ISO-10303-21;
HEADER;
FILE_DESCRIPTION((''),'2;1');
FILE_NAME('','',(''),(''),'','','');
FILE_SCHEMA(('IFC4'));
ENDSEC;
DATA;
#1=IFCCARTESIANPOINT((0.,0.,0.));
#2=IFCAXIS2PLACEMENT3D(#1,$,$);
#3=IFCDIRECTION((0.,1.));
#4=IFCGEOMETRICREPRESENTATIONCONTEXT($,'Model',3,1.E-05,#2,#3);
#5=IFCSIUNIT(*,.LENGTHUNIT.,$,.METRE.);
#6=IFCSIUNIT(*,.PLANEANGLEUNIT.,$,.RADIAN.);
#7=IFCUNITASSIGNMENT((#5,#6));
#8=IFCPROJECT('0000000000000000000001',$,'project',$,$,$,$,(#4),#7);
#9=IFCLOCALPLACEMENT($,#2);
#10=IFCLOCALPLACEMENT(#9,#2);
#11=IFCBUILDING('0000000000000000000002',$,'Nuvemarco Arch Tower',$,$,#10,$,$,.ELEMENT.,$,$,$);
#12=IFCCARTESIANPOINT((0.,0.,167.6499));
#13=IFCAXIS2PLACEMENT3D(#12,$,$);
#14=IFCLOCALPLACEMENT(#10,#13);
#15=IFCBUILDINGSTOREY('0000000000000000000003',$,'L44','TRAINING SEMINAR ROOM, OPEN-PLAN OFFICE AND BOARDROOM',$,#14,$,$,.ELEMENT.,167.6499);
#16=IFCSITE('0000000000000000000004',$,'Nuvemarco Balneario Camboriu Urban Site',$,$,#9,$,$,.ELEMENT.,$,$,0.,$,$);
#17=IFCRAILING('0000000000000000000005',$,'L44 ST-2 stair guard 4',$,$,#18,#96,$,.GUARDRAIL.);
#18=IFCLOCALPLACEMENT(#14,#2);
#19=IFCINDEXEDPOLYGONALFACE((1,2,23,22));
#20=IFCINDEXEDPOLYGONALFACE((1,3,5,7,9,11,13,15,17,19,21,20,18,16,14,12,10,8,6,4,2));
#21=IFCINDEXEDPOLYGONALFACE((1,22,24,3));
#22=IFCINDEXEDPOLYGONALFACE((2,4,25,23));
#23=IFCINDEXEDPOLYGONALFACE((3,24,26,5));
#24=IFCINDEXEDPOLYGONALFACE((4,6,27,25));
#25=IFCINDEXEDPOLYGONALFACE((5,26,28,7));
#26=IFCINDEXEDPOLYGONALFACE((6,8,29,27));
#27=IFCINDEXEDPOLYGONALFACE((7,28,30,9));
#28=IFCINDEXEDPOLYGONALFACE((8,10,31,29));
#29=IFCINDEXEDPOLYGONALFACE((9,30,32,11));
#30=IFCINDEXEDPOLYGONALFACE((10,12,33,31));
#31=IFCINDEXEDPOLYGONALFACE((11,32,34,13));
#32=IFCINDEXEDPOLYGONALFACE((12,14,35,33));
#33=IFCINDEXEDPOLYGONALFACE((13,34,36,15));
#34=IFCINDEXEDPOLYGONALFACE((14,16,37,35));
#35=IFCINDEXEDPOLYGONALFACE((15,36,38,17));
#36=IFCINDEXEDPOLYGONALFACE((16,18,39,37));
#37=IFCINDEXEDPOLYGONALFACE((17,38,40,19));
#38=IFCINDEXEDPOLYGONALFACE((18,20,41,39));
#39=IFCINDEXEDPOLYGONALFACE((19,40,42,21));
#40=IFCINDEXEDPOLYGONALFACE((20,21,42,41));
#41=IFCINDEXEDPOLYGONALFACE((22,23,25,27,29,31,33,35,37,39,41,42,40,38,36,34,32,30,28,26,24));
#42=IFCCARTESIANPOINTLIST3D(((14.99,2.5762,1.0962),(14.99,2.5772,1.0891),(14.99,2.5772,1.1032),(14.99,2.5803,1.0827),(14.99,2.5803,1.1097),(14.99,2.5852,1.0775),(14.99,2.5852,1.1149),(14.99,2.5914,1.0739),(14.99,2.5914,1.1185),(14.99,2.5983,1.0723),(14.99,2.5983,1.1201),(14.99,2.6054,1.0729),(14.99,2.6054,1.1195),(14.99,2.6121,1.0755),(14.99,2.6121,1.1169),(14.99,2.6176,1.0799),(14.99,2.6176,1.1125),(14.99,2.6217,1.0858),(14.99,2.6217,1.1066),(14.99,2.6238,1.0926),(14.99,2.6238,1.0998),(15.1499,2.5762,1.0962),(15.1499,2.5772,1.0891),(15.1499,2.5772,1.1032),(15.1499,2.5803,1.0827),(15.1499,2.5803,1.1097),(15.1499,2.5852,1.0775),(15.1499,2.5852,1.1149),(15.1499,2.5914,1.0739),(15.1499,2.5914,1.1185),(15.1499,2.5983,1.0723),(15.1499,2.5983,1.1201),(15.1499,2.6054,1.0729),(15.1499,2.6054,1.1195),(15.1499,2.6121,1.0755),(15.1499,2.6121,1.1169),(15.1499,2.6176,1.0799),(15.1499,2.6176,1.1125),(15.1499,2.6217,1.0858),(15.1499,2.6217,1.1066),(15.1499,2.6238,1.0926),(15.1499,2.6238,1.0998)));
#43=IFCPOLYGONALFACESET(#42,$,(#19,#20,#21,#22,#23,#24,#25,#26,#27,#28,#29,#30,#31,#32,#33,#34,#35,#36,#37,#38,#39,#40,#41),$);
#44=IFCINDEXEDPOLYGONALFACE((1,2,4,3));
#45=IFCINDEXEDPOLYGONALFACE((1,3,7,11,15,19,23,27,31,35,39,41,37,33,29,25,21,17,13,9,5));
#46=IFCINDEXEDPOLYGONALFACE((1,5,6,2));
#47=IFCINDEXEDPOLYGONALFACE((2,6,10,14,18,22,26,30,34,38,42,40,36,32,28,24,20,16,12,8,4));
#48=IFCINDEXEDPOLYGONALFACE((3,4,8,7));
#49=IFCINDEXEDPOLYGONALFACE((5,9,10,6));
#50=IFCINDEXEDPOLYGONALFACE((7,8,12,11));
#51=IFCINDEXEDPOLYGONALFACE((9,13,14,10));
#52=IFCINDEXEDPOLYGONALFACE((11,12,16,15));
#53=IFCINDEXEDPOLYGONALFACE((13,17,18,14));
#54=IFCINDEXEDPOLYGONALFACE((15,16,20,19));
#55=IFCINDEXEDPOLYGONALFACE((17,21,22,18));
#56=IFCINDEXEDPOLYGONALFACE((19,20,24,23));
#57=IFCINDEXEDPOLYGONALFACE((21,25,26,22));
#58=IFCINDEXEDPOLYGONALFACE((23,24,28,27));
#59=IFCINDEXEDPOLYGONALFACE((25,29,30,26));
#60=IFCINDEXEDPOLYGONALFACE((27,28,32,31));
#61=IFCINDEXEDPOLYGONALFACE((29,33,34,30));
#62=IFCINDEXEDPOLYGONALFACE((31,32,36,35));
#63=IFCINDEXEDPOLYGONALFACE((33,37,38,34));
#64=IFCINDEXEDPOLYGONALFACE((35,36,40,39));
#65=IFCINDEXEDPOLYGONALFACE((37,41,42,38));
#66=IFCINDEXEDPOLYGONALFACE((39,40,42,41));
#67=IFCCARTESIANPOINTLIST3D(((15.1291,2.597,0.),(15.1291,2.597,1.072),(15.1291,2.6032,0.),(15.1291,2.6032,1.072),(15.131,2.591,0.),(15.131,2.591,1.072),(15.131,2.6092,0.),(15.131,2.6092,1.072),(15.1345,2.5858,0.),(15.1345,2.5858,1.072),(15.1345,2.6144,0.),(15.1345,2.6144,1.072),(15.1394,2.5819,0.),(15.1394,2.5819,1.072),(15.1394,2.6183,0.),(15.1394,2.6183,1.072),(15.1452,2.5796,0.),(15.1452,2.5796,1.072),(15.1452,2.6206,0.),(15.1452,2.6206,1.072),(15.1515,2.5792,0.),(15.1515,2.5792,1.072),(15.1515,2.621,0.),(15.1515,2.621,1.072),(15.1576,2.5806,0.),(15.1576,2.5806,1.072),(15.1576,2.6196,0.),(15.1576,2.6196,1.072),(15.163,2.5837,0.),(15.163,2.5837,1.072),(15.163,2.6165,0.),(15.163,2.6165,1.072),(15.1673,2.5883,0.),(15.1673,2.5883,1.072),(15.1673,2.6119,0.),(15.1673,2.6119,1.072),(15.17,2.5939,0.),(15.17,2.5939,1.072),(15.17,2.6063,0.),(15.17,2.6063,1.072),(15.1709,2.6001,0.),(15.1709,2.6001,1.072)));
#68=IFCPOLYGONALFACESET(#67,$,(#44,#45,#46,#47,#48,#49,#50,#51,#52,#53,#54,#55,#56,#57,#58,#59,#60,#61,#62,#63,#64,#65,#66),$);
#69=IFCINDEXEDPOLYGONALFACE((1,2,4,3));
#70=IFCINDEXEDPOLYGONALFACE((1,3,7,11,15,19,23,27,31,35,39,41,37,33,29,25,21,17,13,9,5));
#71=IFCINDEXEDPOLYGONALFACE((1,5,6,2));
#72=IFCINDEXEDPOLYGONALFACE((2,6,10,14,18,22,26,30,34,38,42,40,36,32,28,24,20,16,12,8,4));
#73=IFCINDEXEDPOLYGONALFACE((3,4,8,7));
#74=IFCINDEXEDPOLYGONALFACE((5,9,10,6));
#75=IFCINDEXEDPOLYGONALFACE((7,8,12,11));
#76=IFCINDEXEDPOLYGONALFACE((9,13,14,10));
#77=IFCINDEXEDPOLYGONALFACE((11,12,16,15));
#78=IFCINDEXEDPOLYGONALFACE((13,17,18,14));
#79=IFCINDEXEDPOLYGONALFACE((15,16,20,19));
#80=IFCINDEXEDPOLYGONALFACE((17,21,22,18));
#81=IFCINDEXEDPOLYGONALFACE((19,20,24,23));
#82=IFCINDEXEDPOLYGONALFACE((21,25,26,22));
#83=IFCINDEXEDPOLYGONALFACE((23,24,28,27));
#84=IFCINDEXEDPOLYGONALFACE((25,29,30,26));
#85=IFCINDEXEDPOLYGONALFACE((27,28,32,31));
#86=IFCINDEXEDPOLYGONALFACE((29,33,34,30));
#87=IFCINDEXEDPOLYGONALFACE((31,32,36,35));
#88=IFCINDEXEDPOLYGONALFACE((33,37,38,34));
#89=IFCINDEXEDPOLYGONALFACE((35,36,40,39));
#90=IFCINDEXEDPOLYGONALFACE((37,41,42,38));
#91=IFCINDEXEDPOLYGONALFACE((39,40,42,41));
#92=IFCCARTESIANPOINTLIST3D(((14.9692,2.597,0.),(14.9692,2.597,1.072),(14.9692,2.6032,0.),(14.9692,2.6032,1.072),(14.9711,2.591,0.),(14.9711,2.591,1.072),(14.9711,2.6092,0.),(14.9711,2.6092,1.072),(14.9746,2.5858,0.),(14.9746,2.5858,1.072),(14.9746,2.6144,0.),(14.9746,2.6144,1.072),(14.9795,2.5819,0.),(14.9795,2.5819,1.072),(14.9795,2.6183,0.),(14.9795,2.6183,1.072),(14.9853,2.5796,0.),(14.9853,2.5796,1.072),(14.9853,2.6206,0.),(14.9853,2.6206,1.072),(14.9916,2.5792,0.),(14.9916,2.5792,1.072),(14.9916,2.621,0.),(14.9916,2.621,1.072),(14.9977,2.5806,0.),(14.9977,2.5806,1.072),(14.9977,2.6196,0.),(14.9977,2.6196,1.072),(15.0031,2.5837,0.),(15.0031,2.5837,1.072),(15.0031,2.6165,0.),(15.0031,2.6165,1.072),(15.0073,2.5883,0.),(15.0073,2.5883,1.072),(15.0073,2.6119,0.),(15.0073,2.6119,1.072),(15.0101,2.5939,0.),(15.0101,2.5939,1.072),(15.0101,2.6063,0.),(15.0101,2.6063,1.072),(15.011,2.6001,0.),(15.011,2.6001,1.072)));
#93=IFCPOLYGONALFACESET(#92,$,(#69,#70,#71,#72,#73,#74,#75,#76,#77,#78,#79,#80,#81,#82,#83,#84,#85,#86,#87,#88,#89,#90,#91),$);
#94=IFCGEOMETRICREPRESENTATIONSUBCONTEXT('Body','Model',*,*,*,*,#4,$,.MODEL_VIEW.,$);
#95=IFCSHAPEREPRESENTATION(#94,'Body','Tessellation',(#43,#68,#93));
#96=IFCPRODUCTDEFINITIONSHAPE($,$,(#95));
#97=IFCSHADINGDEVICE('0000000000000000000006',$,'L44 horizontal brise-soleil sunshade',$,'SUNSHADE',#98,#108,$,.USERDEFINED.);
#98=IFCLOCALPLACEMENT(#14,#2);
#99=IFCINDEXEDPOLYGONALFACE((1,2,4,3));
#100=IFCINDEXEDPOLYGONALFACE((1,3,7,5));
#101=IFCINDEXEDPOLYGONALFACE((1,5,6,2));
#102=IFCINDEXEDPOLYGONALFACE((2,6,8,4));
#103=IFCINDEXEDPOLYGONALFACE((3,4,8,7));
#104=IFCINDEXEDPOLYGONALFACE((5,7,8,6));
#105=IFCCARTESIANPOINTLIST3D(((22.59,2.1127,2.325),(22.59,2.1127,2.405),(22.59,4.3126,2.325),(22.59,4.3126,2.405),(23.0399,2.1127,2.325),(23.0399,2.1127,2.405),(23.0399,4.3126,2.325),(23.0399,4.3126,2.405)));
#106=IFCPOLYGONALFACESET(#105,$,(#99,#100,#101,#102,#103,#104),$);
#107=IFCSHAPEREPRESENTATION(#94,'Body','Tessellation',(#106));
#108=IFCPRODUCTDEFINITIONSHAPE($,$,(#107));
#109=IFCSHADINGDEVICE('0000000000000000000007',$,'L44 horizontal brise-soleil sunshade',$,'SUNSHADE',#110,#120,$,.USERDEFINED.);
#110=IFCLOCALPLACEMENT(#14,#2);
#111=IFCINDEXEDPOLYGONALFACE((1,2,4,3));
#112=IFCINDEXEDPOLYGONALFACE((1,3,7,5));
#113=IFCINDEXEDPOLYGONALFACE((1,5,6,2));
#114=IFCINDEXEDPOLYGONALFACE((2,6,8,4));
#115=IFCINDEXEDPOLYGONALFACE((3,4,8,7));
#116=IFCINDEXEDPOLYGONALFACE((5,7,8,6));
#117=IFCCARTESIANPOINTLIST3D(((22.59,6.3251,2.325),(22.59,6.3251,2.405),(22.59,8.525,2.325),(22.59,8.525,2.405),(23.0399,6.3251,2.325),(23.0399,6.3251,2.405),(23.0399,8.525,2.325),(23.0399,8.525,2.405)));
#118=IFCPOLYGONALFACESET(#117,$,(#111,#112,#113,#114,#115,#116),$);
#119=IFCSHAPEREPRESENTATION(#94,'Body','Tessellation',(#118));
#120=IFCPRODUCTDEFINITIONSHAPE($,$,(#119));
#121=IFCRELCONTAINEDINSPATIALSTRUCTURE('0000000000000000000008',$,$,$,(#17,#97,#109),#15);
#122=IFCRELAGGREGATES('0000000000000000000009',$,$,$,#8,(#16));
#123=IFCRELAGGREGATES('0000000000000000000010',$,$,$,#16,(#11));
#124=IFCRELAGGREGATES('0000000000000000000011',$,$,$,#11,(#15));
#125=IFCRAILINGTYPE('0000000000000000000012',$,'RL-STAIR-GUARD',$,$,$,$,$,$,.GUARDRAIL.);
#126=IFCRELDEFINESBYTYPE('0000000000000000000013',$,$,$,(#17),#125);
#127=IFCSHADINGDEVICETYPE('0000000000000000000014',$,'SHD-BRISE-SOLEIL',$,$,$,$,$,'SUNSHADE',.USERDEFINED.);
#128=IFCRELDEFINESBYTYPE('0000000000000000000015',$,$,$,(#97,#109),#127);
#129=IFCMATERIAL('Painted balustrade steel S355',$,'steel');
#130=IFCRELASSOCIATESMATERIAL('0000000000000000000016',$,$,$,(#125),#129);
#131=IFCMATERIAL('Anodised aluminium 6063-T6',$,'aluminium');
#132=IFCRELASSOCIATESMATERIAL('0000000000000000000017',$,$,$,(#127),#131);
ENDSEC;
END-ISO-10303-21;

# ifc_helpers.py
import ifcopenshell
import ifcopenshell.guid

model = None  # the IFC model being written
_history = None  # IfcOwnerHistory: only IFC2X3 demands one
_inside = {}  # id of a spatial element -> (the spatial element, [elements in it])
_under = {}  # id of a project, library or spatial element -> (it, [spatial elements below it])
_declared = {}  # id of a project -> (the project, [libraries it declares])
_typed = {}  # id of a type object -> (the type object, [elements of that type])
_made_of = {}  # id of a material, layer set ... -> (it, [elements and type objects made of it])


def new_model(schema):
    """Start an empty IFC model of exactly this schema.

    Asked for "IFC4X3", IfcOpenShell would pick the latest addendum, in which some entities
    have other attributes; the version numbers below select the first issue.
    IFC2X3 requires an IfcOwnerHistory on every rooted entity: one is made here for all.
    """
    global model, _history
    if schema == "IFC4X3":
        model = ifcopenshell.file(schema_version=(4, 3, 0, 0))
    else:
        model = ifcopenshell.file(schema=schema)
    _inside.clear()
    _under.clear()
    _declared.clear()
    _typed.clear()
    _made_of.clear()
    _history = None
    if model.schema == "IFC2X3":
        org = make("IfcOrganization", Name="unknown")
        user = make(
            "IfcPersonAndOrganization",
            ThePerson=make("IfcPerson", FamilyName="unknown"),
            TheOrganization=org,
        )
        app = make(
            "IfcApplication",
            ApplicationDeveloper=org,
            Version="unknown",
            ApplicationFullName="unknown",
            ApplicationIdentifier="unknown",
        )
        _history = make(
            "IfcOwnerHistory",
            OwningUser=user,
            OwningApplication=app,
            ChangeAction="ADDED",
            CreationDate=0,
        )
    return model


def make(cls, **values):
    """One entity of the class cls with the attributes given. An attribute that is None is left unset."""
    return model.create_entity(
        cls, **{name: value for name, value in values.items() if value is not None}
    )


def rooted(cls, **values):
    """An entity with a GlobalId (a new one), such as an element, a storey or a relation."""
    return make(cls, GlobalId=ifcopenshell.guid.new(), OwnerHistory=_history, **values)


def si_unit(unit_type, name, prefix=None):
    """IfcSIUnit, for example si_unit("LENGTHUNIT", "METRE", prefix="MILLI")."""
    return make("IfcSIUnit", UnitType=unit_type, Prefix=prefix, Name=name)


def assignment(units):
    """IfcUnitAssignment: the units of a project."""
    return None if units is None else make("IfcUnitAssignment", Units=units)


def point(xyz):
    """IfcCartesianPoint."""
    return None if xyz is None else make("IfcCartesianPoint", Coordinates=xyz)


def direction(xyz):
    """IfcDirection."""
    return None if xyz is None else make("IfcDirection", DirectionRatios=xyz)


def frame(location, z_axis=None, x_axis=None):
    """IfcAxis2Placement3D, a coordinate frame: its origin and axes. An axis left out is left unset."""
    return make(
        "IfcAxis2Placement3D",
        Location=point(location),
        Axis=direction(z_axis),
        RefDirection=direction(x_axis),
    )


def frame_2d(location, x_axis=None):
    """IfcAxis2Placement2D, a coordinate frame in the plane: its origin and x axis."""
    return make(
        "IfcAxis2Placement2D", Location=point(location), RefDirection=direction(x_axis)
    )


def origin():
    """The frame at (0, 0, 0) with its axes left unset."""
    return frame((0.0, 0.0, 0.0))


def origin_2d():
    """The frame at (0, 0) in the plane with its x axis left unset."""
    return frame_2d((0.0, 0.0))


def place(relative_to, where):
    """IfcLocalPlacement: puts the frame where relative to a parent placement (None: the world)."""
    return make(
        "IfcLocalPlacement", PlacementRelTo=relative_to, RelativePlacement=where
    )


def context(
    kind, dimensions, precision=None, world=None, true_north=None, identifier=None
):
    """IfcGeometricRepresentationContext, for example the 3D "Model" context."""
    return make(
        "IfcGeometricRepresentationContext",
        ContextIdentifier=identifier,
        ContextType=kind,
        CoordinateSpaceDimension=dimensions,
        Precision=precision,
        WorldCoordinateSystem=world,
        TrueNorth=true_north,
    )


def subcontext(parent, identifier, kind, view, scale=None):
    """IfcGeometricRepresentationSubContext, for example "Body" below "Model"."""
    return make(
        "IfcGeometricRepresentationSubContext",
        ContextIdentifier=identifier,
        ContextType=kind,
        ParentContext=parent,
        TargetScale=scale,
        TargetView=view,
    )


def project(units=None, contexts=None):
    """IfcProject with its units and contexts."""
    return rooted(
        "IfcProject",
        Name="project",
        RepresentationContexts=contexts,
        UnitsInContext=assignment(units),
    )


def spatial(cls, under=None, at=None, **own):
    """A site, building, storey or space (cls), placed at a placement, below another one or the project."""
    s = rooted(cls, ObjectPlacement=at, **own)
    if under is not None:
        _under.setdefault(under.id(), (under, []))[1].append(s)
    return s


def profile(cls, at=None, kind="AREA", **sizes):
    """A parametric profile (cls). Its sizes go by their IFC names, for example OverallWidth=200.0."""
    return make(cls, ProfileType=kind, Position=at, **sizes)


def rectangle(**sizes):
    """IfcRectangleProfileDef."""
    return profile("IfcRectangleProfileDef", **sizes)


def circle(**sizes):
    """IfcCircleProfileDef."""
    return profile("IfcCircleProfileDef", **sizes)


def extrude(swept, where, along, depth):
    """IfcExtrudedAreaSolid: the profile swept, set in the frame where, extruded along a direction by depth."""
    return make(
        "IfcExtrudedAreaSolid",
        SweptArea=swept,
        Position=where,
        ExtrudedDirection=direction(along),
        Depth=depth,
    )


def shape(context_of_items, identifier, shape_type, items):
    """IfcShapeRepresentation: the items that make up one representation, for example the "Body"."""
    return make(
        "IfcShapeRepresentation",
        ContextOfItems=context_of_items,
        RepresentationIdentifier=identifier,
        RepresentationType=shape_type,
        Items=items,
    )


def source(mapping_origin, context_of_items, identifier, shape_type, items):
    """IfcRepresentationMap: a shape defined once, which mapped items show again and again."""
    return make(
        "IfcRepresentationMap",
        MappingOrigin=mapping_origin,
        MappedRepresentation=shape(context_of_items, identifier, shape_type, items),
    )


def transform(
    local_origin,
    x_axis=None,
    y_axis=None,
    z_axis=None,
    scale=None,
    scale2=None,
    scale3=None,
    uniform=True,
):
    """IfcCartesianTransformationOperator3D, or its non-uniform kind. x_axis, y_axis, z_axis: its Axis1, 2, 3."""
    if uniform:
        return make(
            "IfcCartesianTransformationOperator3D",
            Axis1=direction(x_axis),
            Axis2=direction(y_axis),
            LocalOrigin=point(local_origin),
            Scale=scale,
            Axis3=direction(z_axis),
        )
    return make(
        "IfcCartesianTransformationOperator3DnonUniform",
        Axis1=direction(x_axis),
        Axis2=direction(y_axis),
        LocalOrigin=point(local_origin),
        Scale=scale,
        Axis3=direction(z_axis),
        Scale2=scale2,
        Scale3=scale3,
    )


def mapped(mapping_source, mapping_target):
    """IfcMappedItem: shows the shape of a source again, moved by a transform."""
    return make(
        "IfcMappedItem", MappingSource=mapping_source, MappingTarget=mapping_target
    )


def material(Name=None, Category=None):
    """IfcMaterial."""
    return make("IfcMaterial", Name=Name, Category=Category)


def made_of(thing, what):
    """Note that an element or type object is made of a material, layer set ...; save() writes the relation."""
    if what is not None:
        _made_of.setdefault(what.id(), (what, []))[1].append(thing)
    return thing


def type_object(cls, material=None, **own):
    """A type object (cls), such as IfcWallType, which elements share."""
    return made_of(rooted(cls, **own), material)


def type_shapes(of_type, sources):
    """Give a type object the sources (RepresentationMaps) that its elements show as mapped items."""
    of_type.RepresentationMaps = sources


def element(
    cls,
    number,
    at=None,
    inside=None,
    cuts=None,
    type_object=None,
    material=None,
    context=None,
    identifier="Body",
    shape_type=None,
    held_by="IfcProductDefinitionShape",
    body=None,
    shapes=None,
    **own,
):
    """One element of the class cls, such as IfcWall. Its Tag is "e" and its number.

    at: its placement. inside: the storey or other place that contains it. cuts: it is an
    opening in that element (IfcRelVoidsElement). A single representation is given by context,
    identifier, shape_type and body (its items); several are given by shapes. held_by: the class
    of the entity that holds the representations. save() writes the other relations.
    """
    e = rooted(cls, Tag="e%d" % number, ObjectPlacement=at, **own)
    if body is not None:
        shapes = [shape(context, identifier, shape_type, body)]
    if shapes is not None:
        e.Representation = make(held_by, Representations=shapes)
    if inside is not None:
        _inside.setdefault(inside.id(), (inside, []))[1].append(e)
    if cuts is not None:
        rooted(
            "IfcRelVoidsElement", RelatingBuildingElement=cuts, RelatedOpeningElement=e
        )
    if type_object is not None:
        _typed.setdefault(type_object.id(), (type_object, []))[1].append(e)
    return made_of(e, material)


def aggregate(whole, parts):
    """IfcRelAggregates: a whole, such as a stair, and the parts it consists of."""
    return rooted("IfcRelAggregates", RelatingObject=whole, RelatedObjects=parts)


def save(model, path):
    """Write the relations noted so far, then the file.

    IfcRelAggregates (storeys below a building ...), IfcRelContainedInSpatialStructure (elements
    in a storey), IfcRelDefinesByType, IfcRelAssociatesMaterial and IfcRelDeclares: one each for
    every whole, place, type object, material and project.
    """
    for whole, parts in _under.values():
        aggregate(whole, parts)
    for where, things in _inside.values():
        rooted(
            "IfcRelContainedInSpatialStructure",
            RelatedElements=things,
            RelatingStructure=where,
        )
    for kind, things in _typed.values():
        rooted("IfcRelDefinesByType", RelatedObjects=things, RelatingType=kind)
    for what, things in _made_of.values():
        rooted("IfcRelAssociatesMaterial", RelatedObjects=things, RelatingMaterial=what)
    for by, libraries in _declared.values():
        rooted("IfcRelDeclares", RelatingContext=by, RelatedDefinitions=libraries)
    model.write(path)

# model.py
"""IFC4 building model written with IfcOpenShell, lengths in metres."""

from ifc_helpers import new_model, si_unit, direction, frame, origin, origin_2d, place, context, subcontext, project, spatial, rectangle, circle, extrude, source, transform, mapped, material, type_object, type_shapes, element, save


model = new_model("IFC4")

# Units and contexts
model_context = context("Model", 3, precision=1e-05, world=origin(), true_north=direction((0.0, 1.0)))
body_context = subcontext(model_context, "Body", "Model", "MODEL_VIEW")
ifc_project = project(units=[si_unit("LENGTHUNIT", "METRE"), si_unit("PLANEANGLEUNIT", "RADIAN")], contexts=[model_context])

# Site, building, storey
site_placement = place(None, origin())
site = spatial("IfcSite", under=ifc_project, at=site_placement, Name="Nuvemarco Balneario Camboriu Urban Site", CompositionType="ELEMENT", RefElevation=0.0)
building_placement = place(site_placement, origin())
building = spatial("IfcBuilding", under=site, at=building_placement, Name="Nuvemarco Arch Tower", CompositionType="ELEMENT")
storey_placement = place(building_placement, frame((0.0, 0.0, 167.6499)))
storey = spatial("IfcBuildingStorey", under=building, at=storey_placement, Name="L44", Description="TRAINING SEMINAR ROOM, OPEN-PLAN OFFICE AND BOARDROOM", CompositionType="ELEMENT", Elevation=167.6499)

# Railing
ifc_material_1 = material(Name="Painted balustrade steel S355", Category="steel")
railing_type_1 = type_object("IfcRailingType", Name="RL-STAIR-GUARD", PredefinedType="GUARDRAIL", material=ifc_material_1)
railing_1_placement = place(storey_placement, frame((15.1499, 2.6001, 0.0)))
element("IfcRailing", 1, at=railing_1_placement, inside=storey, type_object=railing_type_1, Name="L44 ST-2 stair guard 4", PredefinedType="GUARDRAIL", context=body_context, shape_type="SweptSolid", body=[
    extrude(circle(Radius=0.0239, at=origin_2d()), frame((0.0, 0.0, 1.0962), z_axis=(-1.0, 0.0, 0.0), x_axis=(0.0, -1.0, 0.0)), (0.0, 0.0, 1.0), 0.1599),
    extrude(circle(Radius=0.021, at=origin_2d()), origin(), (0.0, 0.0, 1.0), 1.072),
    extrude(circle(Radius=0.021, at=origin_2d()), frame((-0.1599, 0.0, 0.0)), (0.0, 0.0, 1.0), 1.072),
])

# Shading devices
ifc_material_2 = material(Name="Anodised aluminium 6063-T6", Category="aluminium")
shading_device_type = type_object("IfcShadingDeviceType", Name="SHD-BRISE-SOLEIL", ElementType="SUNSHADE", PredefinedType="USERDEFINED", material=ifc_material_2)
shared_shape = source(origin(), body_context, "Body", "SweptSolid", [
    extrude(rectangle(XDim=2.2, YDim=0.45, at=origin_2d()), origin(), (0.0, 0.0, 1.0), 0.0801),
])
type_shapes(shading_device_type, [shared_shape])
for number, where, z_axis, x_axis, name in (
    (2, (22.8149, 3.2126, 2.325), (0.0, 0.0, 1.0), (0.0, 1.0, 0.0), "L44 horizontal brise-soleil sunshade"),
    (3, (22.8149, 7.425, 2.325), (0.0, 0.0, 1.0), (0.0, 1.0, 0.0), "L44 horizontal brise-soleil sunshade"),
):
    element("IfcShadingDevice", number, at=place(storey_placement, frame(where, z_axis=z_axis, x_axis=x_axis)), inside=storey, type_object=shading_device_type, Name=name, ObjectType="SUNSHADE", PredefinedType="USERDEFINED", context=body_context, shape_type="MappedRepresentation", body=[
        mapped(shared_shape, transform((0.0, 0.0, 0.0), scale=1.0)),
    ])

save(model, "model.ifc")
